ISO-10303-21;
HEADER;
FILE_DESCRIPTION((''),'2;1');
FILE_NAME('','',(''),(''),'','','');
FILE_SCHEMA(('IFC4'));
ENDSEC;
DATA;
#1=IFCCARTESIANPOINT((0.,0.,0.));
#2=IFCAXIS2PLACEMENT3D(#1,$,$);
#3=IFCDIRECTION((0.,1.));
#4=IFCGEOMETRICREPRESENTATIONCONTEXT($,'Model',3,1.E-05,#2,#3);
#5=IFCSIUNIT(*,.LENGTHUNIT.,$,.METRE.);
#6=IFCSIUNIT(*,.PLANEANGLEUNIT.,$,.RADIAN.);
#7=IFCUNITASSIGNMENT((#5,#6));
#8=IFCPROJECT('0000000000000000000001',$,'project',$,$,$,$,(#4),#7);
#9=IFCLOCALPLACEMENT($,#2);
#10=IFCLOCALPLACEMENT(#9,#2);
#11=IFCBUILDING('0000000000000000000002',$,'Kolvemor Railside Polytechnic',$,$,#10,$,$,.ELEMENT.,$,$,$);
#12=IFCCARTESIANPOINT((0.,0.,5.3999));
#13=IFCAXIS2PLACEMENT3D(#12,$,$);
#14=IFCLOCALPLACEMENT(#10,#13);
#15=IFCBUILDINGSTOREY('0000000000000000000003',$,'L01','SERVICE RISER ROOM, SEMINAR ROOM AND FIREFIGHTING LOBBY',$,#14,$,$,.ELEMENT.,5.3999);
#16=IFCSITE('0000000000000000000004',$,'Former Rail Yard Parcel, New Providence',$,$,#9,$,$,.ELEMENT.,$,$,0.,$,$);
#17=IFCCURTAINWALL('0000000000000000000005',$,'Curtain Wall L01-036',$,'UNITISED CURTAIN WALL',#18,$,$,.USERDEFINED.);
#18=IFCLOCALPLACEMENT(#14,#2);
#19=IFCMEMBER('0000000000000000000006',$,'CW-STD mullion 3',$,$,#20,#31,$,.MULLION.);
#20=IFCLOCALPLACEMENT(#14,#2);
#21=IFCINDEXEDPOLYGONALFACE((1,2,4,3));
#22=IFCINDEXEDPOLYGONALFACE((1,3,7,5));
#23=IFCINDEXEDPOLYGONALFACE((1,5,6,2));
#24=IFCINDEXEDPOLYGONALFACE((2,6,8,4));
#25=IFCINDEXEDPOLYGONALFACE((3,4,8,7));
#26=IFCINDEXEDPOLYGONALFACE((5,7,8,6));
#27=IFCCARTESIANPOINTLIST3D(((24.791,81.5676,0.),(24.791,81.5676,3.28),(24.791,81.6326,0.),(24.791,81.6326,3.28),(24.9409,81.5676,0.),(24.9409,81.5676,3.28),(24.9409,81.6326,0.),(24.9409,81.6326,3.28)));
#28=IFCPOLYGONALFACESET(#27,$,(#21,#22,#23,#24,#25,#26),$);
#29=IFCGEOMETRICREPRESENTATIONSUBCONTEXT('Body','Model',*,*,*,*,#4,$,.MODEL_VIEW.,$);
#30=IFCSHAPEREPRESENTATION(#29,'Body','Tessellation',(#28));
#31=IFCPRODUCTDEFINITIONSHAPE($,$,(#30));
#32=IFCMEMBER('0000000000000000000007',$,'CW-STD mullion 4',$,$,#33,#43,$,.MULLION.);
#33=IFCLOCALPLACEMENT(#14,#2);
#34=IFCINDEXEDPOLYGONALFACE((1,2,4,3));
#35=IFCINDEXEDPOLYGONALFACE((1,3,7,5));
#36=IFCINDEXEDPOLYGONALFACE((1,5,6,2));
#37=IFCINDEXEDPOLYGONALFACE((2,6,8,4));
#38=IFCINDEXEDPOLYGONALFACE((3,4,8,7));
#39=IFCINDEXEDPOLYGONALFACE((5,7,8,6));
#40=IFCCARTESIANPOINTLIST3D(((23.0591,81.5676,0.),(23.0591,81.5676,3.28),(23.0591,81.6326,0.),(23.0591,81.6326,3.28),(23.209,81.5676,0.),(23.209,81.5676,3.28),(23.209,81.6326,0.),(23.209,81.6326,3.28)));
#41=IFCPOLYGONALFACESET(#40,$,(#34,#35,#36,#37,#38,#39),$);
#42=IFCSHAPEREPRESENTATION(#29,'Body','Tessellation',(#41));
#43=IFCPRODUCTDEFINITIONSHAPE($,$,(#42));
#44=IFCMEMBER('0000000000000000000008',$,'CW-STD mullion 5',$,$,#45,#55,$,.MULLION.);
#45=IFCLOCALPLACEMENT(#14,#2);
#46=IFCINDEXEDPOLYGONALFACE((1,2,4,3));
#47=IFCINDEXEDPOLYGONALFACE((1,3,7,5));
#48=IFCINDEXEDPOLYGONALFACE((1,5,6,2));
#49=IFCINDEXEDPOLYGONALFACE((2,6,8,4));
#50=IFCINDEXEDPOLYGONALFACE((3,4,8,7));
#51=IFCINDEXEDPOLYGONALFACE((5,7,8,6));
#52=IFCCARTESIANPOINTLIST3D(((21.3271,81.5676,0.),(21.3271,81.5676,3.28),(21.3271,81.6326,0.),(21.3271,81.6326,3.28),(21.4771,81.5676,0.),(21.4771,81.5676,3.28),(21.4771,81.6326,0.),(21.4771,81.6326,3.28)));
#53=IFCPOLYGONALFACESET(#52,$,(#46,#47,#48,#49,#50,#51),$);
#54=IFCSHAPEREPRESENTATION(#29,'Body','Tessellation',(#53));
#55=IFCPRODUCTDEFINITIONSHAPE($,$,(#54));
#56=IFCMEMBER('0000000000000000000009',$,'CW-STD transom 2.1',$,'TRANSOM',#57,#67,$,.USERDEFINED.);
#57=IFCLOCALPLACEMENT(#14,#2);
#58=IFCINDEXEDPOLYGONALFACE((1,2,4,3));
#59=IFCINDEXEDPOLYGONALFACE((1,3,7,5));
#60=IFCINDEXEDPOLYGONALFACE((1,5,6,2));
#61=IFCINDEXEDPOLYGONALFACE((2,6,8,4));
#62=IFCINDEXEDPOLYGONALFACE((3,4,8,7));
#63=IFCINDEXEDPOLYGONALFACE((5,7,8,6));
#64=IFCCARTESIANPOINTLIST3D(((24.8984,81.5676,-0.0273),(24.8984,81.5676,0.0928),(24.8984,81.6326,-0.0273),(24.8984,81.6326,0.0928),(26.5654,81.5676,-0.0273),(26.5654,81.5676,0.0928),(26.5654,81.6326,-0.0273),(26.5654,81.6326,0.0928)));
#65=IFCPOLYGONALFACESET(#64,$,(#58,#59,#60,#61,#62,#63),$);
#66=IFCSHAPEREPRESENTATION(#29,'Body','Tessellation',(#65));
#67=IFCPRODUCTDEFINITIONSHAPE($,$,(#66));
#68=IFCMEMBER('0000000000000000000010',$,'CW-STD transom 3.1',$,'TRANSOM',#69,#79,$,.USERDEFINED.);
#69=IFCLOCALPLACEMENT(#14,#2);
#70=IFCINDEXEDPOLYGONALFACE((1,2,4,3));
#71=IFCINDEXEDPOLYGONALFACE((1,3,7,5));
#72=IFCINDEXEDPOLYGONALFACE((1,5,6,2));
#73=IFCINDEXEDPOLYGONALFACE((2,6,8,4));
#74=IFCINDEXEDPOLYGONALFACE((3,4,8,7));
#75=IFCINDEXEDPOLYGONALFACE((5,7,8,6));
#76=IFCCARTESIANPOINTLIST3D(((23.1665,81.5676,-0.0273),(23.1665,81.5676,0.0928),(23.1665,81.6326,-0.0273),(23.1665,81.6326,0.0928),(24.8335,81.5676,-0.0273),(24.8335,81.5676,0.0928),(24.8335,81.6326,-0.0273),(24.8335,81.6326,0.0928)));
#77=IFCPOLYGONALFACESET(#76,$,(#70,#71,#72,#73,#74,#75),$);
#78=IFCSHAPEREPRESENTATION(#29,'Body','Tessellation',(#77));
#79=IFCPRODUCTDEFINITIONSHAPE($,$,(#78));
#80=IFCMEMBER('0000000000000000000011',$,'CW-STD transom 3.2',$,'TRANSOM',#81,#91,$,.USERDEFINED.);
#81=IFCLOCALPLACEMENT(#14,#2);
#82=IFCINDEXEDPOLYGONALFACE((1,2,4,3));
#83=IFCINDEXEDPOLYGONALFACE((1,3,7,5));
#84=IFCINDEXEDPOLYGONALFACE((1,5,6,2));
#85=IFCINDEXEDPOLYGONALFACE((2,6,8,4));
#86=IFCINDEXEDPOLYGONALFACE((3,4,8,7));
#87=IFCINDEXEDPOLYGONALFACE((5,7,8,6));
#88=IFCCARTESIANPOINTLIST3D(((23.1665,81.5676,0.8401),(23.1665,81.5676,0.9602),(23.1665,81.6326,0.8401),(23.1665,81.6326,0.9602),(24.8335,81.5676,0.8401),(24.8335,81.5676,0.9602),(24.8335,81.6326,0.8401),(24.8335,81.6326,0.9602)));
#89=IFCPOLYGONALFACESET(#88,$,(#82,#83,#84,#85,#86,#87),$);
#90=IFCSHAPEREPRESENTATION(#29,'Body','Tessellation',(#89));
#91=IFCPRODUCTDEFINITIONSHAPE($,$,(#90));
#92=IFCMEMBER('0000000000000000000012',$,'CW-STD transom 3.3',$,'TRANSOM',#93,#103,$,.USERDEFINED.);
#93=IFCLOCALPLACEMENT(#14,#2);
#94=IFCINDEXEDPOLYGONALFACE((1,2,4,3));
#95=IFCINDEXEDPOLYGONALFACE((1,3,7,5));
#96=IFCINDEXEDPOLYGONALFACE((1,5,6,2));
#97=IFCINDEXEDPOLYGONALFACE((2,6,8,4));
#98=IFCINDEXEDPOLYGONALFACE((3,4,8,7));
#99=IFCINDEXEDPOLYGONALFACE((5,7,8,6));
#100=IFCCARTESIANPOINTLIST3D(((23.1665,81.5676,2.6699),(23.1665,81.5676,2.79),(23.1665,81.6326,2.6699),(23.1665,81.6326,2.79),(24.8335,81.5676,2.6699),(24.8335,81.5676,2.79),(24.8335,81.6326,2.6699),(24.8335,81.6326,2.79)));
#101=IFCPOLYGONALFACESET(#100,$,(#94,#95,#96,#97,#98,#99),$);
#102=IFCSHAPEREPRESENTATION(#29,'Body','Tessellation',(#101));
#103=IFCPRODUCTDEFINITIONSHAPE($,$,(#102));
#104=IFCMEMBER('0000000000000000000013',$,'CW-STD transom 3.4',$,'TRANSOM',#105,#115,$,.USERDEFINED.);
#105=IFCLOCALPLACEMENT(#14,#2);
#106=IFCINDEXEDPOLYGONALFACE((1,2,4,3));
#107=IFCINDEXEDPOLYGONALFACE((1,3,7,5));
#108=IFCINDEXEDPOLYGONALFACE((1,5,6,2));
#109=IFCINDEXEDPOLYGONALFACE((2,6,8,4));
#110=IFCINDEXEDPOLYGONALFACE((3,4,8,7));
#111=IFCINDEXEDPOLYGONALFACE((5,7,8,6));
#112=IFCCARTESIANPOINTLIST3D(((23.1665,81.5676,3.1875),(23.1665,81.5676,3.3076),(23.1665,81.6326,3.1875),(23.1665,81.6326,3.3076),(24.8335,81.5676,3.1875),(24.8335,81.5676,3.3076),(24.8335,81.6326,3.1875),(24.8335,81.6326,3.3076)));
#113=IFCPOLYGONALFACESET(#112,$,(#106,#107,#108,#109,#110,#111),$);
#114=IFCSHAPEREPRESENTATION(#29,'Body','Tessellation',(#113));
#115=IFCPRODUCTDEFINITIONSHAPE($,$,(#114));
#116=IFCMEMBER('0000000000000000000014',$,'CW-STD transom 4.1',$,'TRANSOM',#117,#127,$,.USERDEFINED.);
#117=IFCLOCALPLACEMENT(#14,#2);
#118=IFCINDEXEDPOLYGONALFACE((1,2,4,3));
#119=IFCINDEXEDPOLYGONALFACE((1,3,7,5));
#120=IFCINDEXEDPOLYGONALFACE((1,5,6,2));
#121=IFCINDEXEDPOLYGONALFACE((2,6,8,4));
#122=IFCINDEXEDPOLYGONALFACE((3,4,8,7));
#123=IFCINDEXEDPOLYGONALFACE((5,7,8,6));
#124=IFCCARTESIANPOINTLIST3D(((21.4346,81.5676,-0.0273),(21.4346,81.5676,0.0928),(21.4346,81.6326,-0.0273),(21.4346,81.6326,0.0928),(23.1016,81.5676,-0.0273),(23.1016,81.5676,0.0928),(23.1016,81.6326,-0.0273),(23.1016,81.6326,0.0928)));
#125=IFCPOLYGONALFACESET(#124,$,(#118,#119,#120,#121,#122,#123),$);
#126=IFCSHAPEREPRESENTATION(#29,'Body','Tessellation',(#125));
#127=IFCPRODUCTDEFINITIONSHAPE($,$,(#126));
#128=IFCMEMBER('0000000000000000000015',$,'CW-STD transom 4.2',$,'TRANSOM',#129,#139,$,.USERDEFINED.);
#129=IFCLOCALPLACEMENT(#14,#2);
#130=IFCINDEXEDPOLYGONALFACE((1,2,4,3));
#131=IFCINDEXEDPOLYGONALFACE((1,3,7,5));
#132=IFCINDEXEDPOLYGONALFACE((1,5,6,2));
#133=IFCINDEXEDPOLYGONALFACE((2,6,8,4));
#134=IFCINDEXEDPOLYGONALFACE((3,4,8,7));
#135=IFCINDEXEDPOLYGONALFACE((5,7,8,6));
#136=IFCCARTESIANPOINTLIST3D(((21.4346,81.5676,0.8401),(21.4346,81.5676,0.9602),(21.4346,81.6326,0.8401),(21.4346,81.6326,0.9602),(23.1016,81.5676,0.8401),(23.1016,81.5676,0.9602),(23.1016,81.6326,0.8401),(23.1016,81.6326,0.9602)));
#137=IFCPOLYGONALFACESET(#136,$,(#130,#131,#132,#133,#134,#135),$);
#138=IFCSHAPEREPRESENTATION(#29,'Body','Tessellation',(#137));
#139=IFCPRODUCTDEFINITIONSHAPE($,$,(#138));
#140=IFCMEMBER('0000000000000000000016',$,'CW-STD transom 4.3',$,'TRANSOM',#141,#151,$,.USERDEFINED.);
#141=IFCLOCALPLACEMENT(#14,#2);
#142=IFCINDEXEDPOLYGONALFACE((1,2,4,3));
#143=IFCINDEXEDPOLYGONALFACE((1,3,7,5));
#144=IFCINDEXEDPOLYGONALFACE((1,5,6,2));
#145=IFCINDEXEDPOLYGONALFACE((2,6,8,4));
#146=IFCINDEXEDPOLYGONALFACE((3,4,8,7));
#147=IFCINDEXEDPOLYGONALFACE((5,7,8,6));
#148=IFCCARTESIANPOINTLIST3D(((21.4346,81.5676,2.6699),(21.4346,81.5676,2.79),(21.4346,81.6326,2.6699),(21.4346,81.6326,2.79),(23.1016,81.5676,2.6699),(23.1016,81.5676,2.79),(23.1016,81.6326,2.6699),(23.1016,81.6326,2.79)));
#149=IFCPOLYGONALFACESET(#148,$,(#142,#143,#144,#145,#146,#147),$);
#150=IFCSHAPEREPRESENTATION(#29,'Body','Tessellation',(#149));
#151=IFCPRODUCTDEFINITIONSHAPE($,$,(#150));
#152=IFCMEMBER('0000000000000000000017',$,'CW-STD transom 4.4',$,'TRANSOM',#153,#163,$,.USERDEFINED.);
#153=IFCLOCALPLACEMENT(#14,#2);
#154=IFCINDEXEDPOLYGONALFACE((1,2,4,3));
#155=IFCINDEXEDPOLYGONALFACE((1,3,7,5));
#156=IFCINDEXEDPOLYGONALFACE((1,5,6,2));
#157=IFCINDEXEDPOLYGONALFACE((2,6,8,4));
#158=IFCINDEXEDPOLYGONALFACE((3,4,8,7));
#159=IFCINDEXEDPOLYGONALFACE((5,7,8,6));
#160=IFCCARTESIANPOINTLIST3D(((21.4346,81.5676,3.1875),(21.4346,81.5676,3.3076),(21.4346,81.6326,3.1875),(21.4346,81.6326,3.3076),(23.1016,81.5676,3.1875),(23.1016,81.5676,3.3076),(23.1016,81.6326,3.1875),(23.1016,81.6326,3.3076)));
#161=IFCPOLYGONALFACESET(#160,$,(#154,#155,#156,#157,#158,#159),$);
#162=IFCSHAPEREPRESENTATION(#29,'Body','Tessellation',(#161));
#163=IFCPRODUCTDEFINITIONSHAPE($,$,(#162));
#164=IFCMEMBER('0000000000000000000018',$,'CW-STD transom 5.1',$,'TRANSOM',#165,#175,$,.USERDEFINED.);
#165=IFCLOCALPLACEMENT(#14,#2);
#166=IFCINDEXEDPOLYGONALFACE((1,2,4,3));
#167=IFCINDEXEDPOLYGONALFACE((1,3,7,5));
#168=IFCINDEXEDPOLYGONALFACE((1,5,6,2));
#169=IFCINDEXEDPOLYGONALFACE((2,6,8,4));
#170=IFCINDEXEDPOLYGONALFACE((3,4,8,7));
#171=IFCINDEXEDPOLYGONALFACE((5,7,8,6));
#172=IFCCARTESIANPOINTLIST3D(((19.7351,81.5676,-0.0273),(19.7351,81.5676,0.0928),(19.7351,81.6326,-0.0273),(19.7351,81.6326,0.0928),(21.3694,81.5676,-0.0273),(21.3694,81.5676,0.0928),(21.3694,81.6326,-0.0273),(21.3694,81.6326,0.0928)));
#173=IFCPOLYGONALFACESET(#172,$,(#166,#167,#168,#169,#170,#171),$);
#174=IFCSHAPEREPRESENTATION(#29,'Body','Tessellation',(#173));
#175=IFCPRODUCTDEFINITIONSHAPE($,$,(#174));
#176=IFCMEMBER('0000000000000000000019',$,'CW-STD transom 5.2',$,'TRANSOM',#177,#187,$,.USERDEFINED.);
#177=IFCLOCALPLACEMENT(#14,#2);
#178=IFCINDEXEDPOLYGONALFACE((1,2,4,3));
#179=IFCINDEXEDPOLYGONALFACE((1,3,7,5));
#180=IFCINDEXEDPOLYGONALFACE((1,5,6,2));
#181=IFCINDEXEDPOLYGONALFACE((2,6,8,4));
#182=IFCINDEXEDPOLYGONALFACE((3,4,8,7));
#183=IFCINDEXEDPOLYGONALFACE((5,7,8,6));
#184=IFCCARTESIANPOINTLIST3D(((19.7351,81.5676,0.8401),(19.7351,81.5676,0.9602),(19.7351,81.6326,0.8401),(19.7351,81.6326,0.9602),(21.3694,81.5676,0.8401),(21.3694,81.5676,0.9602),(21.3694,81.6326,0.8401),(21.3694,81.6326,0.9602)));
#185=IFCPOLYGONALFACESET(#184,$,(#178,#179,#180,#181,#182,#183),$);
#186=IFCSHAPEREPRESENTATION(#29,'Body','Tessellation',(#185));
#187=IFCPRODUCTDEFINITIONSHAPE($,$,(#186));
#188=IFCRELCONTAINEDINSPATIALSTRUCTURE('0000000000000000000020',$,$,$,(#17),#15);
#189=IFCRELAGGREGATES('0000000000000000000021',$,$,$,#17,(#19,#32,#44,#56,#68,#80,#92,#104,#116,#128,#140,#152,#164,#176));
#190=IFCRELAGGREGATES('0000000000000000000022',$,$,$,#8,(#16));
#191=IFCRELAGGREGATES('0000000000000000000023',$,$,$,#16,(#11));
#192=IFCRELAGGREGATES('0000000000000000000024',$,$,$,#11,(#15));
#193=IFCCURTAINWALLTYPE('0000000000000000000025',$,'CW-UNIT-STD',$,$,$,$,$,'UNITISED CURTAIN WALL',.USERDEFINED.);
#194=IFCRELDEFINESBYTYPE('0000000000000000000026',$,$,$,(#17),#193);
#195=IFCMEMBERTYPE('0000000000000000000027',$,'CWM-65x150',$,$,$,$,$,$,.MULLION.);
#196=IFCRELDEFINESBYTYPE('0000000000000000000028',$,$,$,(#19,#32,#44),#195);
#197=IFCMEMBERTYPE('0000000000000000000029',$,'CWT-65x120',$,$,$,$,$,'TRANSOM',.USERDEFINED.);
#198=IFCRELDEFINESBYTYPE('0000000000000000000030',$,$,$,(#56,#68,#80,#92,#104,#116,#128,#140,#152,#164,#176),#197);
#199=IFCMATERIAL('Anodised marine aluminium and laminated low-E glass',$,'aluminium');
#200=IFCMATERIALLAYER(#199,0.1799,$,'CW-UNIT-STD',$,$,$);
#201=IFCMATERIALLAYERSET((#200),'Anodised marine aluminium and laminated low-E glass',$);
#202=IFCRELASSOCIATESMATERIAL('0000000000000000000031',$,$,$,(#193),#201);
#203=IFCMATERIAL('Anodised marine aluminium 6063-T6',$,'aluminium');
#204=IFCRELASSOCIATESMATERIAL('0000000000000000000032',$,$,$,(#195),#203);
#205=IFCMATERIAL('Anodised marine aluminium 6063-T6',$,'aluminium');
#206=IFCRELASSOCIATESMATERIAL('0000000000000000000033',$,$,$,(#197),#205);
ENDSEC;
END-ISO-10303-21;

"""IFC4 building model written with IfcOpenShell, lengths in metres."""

from ifc_helpers import new_model, si_unit, direction, frame, origin, origin_2d, place, context, subcontext, project, spatial, rectangle, extrude, material, layer, layer_set, material_profile, profile_set, type_object, element, aggregate, save


model = new_model("IFC4")

# Units and contexts
model_context = context("Model", 3, precision=1e-05, world=origin(), true_north=direction((0.0, 1.0)))
body_context = subcontext(model_context, "Body", "Model", "MODEL_VIEW")
ifc_project = project(units=[si_unit("LENGTHUNIT", "METRE"), si_unit("PLANEANGLEUNIT", "RADIAN")], contexts=[model_context])

# Site, building, storey
site_placement = place(None, origin())
site = spatial("IfcSite", under=ifc_project, at=site_placement, Name="Former Rail Yard Parcel, New Providence", CompositionType="ELEMENT", RefElevation=0.0)
building_placement = place(site_placement, origin())
building = spatial("IfcBuilding", under=site, at=building_placement, Name="Kolvemor Railside Polytechnic", CompositionType="ELEMENT")
storey_placement = place(building_placement, frame((0.0, 0.0, 5.3999)))
storey = spatial("IfcBuildingStorey", under=building, at=storey_placement, Name="L01", Description="SERVICE RISER ROOM, SEMINAR ROOM AND FIREFIGHTING LOBBY", CompositionType="ELEMENT", Elevation=5.3999)

# Curtain wall, members
ifc_material_1 = material(Name="Anodised marine aluminium and laminated low-E glass", Category="aluminium")
ifc_layer_1 = layer(ifc_material_1, 0.1799, Name="CW-UNIT-STD")
ifc_layer_set_1 = layer_set([ifc_layer_1], Name="Anodised marine aluminium and laminated low-E glass")
curtain_wall_type = type_object("IfcCurtainWallType", Name="CW-UNIT-STD", ElementType="UNITISED CURTAIN WALL", PredefinedType="USERDEFINED", material=ifc_layer_set_1)
curtain_wall_placement = place(storey_placement, origin())
curtain_wall = element("IfcCurtainWall", 1, at=curtain_wall_placement, inside=storey, type_object=curtain_wall_type, Name="Curtain Wall L01-036", ObjectType="UNITISED CURTAIN WALL", PredefinedType="USERDEFINED")
ifc_material_2 = material(Name="Anodised marine aluminium 6063-T6", Category="aluminium")
ifc_material_profile_1 = material_profile(ifc_material_2, rectangle(XDim=0.0649, YDim=0.1499, at=origin_2d()), Name="CW-MUL-65x150")
ifc_profile_set_1 = profile_set([ifc_material_profile_1], Name="Anodised marine aluminium 6063-T6")
member_type_1 = type_object("IfcMemberType", Name="CWM-65x150", PredefinedType="MULLION", material=ifc_profile_set_1)
member_1_placement = place(storey_placement, frame((24.866, 81.6001, 0.0), z_axis=(0.0, 0.0, 1.0), x_axis=(0.0, -1.0, 0.0)))
member_1 = element("IfcMember", 2, at=member_1_placement, type_object=member_type_1, Name="CW-STD mullion 3", PredefinedType="MULLION", context=body_context, shape_type="SweptSolid", body=[
    extrude(rectangle(XDim=0.0649, YDim=0.1499, at=origin_2d()), origin(), (0.0, 0.0, 1.0), 3.28),
])
member_2_placement = place(storey_placement, frame((23.134, 81.6001, 0.0), z_axis=(0.0, 0.0, 1.0), x_axis=(0.0, -1.0, 0.0)))
member_2 = element("IfcMember", 3, at=member_2_placement, type_object=member_type_1, Name="CW-STD mullion 4", PredefinedType="MULLION", context=body_context, shape_type="SweptSolid", body=[
    extrude(rectangle(XDim=0.0649, YDim=0.1499, at=origin_2d()), origin(), (0.0, 0.0, 1.0), 3.28),
])
member_3_placement = place(storey_placement, frame((21.4021, 81.6001, 0.0), z_axis=(0.0, 0.0, 1.0), x_axis=(0.0, -1.0, 0.0)))
member_3 = element("IfcMember", 4, at=member_3_placement, type_object=member_type_1, Name="CW-STD mullion 5", PredefinedType="MULLION", context=body_context, shape_type="SweptSolid", body=[
    extrude(rectangle(XDim=0.0649, YDim=0.1499, at=origin_2d()), origin(), (0.0, 0.0, 1.0), 3.28),
])
ifc_material_3 = material(Name="Anodised marine aluminium 6063-T6", Category="aluminium")
ifc_material_profile_2 = material_profile(ifc_material_3, rectangle(XDim=0.0649, YDim=0.1201, at=origin_2d()), Name="CW-TRN-65x120")
ifc_profile_set_2 = profile_set([ifc_material_profile_2], Name="Anodised marine aluminium 6063-T6")
member_type_2 = type_object("IfcMemberType", Name="CWT-65x120", ElementType="TRANSOM", PredefinedType="USERDEFINED", material=ifc_profile_set_2)
member_4_placement = place(storey_placement, frame((26.5654, 81.6001, 0.0327), z_axis=(-1.0, 0.0, 0.0), x_axis=(0.0, -1.0, 0.0)))
member_4 = element("IfcMember", 5, at=member_4_placement, type_object=member_type_2, Name="CW-STD transom 2.1", ObjectType="TRANSOM", PredefinedType="USERDEFINED", context=body_context, shape_type="SweptSolid", body=[
    extrude(rectangle(XDim=0.0649, YDim=0.1201, at=origin_2d()), origin(), (0.0, 0.0, 1.0), 1.667),
])
member_5_placement = place(storey_placement, frame((24.8335, 81.6001, 0.0327), z_axis=(-1.0, 0.0, 0.0), x_axis=(0.0, -1.0, 0.0)))
member_5 = element("IfcMember", 6, at=member_5_placement, type_object=member_type_2, Name="CW-STD transom 3.1", ObjectType="TRANSOM", PredefinedType="USERDEFINED", context=body_context, shape_type="SweptSolid", body=[
    extrude(rectangle(XDim=0.0649, YDim=0.1201, at=origin_2d()), origin(), (0.0, 0.0, 1.0), 1.667),
])
member_6_placement = place(storey_placement, frame((24.8335, 81.6001, 0.9001), z_axis=(-1.0, 0.0, 0.0), x_axis=(0.0, -1.0, 0.0)))
member_6 = element("IfcMember", 7, at=member_6_placement, type_object=member_type_2, Name="CW-STD transom 3.2", ObjectType="TRANSOM", PredefinedType="USERDEFINED", context=body_context, shape_type="SweptSolid", body=[
    extrude(rectangle(XDim=0.0649, YDim=0.1201, at=origin_2d()), origin(), (0.0, 0.0, 1.0), 1.667),
])
member_7_placement = place(storey_placement, frame((24.8335, 81.6001, 2.73), z_axis=(-1.0, 0.0, 0.0), x_axis=(0.0, -1.0, 0.0)))
member_7 = element("IfcMember", 8, at=member_7_placement, type_object=member_type_2, Name="CW-STD transom 3.3", ObjectType="TRANSOM", PredefinedType="USERDEFINED", context=body_context, shape_type="SweptSolid", body=[
    extrude(rectangle(XDim=0.0649, YDim=0.1201, at=origin_2d()), origin(), (0.0, 0.0, 1.0), 1.667),
])
member_8_placement = place(storey_placement, frame((24.8335, 81.6001, 3.2476), z_axis=(-1.0, 0.0, 0.0), x_axis=(0.0, -1.0, 0.0)))
member_8 = element("IfcMember", 9, at=member_8_placement, type_object=member_type_2, Name="CW-STD transom 3.4", ObjectType="TRANSOM", PredefinedType="USERDEFINED", context=body_context, shape_type="SweptSolid", body=[
    extrude(rectangle(XDim=0.0649, YDim=0.1201, at=origin_2d()), origin(), (0.0, 0.0, 1.0), 1.667),
])
member_9_placement = place(storey_placement, frame((23.1016, 81.6001, 0.0327), z_axis=(-1.0, 0.0, 0.0), x_axis=(0.0, -1.0, 0.0)))
member_9 = element("IfcMember", 10, at=member_9_placement, type_object=member_type_2, Name="CW-STD transom 4.1", ObjectType="TRANSOM", PredefinedType="USERDEFINED", context=body_context, shape_type="SweptSolid", body=[
    extrude(rectangle(XDim=0.0649, YDim=0.1201, at=origin_2d()), origin(), (0.0, 0.0, 1.0), 1.667),
])
member_10_placement = place(storey_placement, frame((23.1016, 81.6001, 0.9001), z_axis=(-1.0, 0.0, 0.0), x_axis=(0.0, -1.0, 0.0)))
member_10 = element("IfcMember", 11, at=member_10_placement, type_object=member_type_2, Name="CW-STD transom 4.2", ObjectType="TRANSOM", PredefinedType="USERDEFINED", context=body_context, shape_type="SweptSolid", body=[
    extrude(rectangle(XDim=0.0649, YDim=0.1201, at=origin_2d()), origin(), (0.0, 0.0, 1.0), 1.667),
])
member_11_placement = place(storey_placement, frame((23.1016, 81.6001, 2.73), z_axis=(-1.0, 0.0, 0.0), x_axis=(0.0, -1.0, 0.0)))
member_11 = element("IfcMember", 12, at=member_11_placement, type_object=member_type_2, Name="CW-STD transom 4.3", ObjectType="TRANSOM", PredefinedType="USERDEFINED", context=body_context, shape_type="SweptSolid", body=[
    extrude(rectangle(XDim=0.0649, YDim=0.1201, at=origin_2d()), origin(), (0.0, 0.0, 1.0), 1.667),
])
member_12_placement = place(storey_placement, frame((23.1016, 81.6001, 3.2476), z_axis=(-1.0, 0.0, 0.0), x_axis=(0.0, -1.0, 0.0)))
member_12 = element("IfcMember", 13, at=member_12_placement, type_object=member_type_2, Name="CW-STD transom 4.4", ObjectType="TRANSOM", PredefinedType="USERDEFINED", context=body_context, shape_type="SweptSolid", body=[
    extrude(rectangle(XDim=0.0649, YDim=0.1201, at=origin_2d()), origin(), (0.0, 0.0, 1.0), 1.667),
])
member_13_placement = place(storey_placement, frame((21.3694, 81.6001, 0.0327), z_axis=(-1.0, 0.0, 0.0), x_axis=(0.0, -1.0, 0.0)))
member_13 = element("IfcMember", 14, at=member_13_placement, type_object=member_type_2, Name="CW-STD transom 5.1", ObjectType="TRANSOM", PredefinedType="USERDEFINED", context=body_context, shape_type="SweptSolid", body=[
    extrude(rectangle(XDim=0.0649, YDim=0.1201, at=origin_2d()), origin(), (0.0, 0.0, 1.0), 1.6343),
])
member_14_placement = place(storey_placement, frame((21.3694, 81.6001, 0.9001), z_axis=(-1.0, 0.0, 0.0), x_axis=(0.0, -1.0, 0.0)))
member_14 = element("IfcMember", 15, at=member_14_placement, type_object=member_type_2, Name="CW-STD transom 5.2", ObjectType="TRANSOM", PredefinedType="USERDEFINED", context=body_context, shape_type="SweptSolid", body=[
    extrude(rectangle(XDim=0.0649, YDim=0.1201, at=origin_2d()), origin(), (0.0, 0.0, 1.0), 1.6343),
])
aggregate(curtain_wall, [member_1, member_2, member_3, member_4, member_5, member_6, member_7, member_8, member_9, member_10, member_11, member_12, member_13, member_14])

save(model, "model.ifc")
